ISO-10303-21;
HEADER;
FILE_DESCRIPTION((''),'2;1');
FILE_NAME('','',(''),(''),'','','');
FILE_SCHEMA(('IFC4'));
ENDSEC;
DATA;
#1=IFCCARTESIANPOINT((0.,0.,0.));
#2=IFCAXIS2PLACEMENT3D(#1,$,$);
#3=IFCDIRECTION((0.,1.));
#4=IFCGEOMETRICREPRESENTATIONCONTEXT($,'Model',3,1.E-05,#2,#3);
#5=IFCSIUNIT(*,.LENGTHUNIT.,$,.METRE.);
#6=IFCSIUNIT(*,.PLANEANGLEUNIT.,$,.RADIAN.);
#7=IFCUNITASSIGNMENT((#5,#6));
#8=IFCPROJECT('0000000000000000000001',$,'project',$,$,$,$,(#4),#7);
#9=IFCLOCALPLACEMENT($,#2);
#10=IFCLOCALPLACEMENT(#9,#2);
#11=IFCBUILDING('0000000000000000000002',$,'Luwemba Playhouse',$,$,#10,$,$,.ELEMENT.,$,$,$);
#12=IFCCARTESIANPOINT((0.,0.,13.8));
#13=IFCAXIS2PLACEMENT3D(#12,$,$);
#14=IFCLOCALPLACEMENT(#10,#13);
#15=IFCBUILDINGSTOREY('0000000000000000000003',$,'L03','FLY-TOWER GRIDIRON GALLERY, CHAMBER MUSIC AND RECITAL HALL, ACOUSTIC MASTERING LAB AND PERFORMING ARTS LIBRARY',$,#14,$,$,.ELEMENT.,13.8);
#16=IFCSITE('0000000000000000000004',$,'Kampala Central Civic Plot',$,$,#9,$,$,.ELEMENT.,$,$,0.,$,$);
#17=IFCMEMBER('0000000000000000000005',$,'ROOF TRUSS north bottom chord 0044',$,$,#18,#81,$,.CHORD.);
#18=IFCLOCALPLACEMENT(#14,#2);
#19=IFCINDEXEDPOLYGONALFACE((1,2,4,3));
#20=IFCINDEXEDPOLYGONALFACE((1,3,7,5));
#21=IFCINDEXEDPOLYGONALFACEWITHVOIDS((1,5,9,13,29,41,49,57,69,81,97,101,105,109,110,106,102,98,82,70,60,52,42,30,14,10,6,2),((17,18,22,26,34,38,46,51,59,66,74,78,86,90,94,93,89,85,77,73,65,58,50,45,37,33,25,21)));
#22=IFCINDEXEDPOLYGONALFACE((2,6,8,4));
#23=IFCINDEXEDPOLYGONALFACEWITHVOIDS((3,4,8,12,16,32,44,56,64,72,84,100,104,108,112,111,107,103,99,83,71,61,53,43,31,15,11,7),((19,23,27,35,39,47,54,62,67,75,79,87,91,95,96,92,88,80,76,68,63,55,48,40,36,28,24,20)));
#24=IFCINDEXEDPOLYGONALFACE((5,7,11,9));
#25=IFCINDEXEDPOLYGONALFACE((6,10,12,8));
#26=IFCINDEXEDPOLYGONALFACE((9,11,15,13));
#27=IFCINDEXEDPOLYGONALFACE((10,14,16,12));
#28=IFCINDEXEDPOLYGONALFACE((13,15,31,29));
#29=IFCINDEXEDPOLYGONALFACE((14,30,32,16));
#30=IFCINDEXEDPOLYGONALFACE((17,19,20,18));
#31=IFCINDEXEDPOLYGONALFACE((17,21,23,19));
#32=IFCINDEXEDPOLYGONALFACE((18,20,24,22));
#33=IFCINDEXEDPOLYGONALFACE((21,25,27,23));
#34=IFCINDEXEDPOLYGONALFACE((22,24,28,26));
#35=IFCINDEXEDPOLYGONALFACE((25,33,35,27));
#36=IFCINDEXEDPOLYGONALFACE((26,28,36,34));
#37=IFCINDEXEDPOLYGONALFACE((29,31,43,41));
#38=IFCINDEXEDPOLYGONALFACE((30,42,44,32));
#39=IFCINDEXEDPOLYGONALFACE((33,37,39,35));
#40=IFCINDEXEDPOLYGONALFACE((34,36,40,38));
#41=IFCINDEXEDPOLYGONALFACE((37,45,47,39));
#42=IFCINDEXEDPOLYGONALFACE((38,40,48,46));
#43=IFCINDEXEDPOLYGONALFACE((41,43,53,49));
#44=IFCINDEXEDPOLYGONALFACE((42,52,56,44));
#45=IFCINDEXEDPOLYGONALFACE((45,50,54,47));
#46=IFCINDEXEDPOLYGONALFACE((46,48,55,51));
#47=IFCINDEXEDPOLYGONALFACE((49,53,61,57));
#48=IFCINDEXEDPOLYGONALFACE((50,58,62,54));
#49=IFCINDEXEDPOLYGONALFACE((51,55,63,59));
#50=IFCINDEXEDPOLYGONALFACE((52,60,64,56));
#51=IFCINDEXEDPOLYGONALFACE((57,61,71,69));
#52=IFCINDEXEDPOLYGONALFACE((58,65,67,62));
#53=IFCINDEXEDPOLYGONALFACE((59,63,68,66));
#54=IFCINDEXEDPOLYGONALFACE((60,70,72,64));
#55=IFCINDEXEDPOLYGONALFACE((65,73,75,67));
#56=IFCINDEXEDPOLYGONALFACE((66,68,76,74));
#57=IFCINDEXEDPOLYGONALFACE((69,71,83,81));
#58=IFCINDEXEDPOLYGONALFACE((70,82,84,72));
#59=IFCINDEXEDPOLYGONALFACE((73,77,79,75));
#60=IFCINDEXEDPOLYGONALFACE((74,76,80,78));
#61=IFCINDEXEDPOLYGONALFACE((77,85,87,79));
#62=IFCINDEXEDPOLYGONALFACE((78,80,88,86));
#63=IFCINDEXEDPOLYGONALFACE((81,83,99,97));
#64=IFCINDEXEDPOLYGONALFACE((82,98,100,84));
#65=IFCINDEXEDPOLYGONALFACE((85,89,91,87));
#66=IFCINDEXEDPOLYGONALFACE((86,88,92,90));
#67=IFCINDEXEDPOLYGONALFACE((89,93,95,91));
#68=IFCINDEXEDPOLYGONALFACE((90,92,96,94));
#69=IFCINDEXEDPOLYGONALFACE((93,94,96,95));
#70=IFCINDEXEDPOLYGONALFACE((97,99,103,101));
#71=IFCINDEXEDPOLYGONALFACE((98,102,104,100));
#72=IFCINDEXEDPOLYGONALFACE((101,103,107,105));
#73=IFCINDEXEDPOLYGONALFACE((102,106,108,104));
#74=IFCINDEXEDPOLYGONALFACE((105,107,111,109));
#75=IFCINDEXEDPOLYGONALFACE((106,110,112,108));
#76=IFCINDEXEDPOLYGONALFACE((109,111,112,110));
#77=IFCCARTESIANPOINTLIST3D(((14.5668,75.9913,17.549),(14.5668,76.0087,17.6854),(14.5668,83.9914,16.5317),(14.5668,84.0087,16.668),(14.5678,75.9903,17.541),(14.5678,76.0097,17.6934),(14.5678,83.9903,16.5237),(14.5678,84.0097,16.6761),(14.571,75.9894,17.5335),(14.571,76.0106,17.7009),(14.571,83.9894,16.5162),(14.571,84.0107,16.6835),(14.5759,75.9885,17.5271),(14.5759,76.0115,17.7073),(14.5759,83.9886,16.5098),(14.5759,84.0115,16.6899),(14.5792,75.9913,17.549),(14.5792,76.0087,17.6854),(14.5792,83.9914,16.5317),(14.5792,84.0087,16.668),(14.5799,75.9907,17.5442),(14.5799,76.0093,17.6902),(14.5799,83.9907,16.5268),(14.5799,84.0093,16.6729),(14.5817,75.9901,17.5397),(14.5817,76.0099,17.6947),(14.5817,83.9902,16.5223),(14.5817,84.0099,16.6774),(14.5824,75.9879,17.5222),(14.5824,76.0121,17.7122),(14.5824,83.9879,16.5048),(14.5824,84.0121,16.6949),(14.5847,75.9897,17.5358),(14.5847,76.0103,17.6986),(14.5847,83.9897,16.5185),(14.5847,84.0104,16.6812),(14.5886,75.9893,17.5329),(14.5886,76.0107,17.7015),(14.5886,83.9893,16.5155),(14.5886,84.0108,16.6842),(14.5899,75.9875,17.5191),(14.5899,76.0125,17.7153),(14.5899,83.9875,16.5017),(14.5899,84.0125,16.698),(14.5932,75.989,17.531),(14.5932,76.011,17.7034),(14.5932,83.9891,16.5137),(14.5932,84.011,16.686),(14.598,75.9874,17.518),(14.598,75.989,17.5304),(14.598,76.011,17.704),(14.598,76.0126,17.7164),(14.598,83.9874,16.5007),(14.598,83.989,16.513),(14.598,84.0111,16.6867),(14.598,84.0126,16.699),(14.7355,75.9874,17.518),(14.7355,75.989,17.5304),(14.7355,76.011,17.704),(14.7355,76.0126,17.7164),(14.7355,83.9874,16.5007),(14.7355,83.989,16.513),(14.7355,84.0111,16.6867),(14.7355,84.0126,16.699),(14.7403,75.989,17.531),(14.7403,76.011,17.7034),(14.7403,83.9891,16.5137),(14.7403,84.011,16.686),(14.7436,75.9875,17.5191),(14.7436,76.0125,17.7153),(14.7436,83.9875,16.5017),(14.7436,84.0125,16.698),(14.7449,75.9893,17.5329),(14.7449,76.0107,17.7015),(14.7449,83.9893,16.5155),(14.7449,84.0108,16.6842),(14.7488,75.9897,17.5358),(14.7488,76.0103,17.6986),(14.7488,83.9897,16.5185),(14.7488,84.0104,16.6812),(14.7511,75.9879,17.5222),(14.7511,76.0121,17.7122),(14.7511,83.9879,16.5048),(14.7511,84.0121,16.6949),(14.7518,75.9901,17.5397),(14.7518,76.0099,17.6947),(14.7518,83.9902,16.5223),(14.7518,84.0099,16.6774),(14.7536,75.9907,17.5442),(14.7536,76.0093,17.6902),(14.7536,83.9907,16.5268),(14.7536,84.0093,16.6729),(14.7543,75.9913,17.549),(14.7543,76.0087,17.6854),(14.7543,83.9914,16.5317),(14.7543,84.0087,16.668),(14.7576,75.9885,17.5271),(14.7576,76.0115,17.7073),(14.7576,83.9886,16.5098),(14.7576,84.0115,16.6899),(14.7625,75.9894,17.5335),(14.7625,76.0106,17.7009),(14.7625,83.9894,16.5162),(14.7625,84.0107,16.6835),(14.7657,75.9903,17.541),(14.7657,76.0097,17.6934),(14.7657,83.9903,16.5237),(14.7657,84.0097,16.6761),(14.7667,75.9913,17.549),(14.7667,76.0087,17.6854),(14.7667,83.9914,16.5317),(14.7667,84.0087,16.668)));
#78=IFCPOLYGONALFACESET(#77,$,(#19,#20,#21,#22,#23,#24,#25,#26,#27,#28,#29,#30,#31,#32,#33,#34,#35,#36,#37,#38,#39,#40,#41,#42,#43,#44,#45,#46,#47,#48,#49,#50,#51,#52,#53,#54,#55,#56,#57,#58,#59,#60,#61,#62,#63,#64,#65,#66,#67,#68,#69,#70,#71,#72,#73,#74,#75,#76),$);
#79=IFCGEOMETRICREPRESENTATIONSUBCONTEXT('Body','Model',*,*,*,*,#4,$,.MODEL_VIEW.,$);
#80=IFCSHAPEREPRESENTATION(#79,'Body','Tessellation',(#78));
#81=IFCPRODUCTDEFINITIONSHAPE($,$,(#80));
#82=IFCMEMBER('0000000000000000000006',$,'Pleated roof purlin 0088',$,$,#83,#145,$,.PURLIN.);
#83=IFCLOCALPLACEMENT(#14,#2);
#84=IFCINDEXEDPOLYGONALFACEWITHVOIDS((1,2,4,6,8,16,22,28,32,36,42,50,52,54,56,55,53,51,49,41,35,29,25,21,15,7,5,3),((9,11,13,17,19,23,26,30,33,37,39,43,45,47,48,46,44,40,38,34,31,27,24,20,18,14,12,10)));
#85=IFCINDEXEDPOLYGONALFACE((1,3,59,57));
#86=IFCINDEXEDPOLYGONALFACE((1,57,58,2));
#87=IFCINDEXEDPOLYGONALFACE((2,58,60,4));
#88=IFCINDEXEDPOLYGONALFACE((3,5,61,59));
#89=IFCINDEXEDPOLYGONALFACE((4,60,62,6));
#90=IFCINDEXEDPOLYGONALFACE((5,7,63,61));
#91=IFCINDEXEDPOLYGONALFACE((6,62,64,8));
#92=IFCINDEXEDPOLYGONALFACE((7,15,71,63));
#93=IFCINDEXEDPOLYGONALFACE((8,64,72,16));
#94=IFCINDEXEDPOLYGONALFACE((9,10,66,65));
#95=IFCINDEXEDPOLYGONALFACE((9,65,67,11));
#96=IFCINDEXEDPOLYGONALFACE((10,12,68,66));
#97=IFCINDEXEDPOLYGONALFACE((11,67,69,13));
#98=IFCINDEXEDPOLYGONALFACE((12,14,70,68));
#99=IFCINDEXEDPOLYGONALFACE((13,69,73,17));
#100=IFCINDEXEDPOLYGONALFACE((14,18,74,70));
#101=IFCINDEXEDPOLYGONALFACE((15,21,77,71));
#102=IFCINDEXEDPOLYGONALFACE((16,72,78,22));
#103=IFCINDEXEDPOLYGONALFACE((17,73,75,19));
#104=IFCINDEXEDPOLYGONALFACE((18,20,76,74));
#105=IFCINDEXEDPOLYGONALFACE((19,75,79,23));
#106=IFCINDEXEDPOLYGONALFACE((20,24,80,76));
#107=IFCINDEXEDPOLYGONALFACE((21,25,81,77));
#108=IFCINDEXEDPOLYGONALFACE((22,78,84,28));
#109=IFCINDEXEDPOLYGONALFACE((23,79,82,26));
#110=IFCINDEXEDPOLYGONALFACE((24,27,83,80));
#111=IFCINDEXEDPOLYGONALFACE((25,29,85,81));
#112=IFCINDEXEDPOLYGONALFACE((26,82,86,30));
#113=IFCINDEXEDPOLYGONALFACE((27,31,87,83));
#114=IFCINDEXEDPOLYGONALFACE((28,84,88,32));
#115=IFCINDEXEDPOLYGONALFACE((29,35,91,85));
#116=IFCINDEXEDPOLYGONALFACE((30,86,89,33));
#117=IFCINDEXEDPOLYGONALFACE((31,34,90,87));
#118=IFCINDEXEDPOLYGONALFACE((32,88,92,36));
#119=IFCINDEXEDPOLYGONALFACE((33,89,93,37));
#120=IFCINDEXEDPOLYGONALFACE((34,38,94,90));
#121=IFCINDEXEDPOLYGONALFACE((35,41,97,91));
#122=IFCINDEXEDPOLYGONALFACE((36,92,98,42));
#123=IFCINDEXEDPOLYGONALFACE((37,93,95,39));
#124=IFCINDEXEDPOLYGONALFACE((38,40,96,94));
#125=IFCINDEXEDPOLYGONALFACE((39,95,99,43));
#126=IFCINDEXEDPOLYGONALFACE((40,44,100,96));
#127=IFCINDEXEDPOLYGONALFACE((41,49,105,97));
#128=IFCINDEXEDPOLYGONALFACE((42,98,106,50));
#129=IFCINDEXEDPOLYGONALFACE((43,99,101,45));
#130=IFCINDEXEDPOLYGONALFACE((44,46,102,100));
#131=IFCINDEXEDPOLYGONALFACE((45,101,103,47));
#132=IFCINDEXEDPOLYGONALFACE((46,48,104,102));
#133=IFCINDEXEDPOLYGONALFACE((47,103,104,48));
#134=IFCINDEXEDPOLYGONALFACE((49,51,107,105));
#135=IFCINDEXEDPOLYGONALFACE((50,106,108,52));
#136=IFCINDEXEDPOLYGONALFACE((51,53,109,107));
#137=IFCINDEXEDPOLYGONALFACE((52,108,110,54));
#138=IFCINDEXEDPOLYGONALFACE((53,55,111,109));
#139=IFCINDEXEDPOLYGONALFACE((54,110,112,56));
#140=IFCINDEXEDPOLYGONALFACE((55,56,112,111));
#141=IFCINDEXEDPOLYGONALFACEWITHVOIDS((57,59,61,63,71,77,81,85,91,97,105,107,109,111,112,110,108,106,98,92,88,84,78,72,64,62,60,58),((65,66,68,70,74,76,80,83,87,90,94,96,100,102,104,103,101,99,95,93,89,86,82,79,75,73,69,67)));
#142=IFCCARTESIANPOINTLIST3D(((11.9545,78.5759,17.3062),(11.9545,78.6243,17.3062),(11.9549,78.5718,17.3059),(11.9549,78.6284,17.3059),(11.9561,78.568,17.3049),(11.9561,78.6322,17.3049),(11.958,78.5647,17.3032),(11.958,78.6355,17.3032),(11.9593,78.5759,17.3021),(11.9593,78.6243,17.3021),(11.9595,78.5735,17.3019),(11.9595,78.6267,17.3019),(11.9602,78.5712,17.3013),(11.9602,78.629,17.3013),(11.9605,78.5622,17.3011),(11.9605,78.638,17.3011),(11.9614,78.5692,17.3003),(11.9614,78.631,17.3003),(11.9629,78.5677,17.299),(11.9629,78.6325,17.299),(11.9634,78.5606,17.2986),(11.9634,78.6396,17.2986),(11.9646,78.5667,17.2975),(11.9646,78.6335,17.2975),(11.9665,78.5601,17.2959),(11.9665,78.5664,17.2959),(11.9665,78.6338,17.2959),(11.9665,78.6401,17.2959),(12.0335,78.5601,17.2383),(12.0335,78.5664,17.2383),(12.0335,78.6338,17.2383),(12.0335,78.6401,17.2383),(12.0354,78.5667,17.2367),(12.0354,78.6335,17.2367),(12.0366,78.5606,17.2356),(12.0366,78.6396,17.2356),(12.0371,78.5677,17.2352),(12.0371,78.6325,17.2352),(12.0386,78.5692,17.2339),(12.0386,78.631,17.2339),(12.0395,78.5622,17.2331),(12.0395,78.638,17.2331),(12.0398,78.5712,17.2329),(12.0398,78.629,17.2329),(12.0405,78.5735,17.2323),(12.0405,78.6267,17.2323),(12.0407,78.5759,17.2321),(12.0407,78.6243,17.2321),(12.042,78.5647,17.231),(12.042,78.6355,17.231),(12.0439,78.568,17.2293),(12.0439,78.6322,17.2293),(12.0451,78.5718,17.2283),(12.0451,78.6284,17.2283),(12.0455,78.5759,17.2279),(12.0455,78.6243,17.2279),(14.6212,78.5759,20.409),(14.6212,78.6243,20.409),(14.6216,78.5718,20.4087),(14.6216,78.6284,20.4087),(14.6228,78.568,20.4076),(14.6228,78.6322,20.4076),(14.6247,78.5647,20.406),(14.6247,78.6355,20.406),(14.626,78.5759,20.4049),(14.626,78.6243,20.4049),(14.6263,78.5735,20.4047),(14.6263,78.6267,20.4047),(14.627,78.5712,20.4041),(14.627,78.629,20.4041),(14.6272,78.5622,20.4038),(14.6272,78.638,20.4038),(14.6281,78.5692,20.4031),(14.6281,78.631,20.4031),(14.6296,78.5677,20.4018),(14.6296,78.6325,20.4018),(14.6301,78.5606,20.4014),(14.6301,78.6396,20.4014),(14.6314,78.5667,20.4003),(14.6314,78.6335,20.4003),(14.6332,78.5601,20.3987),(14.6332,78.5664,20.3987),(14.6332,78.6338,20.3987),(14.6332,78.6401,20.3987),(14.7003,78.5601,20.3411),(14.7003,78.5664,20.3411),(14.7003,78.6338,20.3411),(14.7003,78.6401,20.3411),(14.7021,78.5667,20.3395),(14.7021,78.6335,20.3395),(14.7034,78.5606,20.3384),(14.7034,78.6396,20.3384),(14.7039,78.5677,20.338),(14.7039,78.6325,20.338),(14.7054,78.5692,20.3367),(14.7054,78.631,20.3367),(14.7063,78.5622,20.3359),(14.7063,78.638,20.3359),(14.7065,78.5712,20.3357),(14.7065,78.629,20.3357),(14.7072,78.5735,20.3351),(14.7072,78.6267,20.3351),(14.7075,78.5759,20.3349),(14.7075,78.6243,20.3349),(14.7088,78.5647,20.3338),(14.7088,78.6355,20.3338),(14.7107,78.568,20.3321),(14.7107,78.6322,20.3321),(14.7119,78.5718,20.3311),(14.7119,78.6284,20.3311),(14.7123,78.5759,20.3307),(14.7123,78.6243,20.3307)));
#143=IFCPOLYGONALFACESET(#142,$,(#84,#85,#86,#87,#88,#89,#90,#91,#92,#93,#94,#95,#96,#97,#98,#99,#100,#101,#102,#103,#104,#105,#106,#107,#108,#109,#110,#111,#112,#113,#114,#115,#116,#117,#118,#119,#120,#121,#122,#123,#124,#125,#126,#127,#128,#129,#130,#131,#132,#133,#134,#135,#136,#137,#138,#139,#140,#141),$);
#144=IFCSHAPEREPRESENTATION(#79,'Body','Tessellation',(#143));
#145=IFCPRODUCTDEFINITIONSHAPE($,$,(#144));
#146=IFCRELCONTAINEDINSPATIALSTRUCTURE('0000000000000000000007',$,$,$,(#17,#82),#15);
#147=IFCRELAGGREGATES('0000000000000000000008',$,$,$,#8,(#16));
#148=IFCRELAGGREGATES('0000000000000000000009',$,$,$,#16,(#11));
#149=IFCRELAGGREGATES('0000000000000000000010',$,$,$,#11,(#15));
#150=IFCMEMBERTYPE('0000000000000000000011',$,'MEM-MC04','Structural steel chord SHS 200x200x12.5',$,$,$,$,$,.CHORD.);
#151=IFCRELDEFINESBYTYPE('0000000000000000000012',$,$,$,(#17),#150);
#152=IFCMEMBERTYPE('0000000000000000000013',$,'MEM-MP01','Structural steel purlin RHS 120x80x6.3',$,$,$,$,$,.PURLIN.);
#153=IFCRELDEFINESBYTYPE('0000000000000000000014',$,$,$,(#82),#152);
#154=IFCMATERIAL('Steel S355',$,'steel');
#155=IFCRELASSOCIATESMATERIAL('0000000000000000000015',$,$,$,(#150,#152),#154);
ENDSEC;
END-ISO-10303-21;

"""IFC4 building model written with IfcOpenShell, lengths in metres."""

from ifc_helpers import new_model, si_unit, direction, frame, origin, origin_2d, place, context, subcontext, project, spatial, hollow_rectangle, extrude, material, material_profile, profile_set, type_object, element, save


model = new_model("IFC4")

# Units and contexts
model_context = context("Model", 3, precision=1e-05, world=origin(), true_north=direction((0.0, 1.0)))
body_context = subcontext(model_context, "Body", "Model", "MODEL_VIEW")
ifc_project = project(units=[si_unit("LENGTHUNIT", "METRE"), si_unit("PLANEANGLEUNIT", "RADIAN")], contexts=[model_context])

# Site, building, storey
site_placement = place(None, origin())
site = spatial("IfcSite", under=ifc_project, at=site_placement, Name="Kampala Central Civic Plot", CompositionType="ELEMENT", RefElevation=0.0)
building_placement = place(site_placement, origin())
building = spatial("IfcBuilding", under=site, at=building_placement, Name="Luwemba Playhouse", CompositionType="ELEMENT")
storey_placement = place(building_placement, frame((0.0, 0.0, 13.8)))
storey = spatial("IfcBuildingStorey", under=building, at=storey_placement, Name="L03", Description="FLY-TOWER GRIDIRON GALLERY, CHAMBER MUSIC AND RECITAL HALL, ACOUSTIC MASTERING LAB AND PERFORMING ARTS LIBRARY", CompositionType="ELEMENT", Elevation=13.8)

# Shared definitions
ifc_material_1 = material(Name="Steel S355", Category="steel")

# Members
ifc_material_profile_1 = material_profile(ifc_material_1, hollow_rectangle(XDim=0.2, YDim=0.2, WallThickness=0.0125, InnerFilletRadius=0.0188, OuterFilletRadius=0.0312, at=origin_2d()))
ifc_profile_set_1 = profile_set([ifc_material_profile_1], Name="Steel S355")
member_type_1 = type_object("IfcMemberType", Name="MEM-MC04", Description="Structural steel chord SHS 200x200x12.5", PredefinedType="CHORD", material=ifc_profile_set_1)
member_1_placement = place(storey_placement, frame((14.6667, 76.0, 17.6172), z_axis=(0.0, 0.992011, -0.126151), x_axis=(-1.0, 0.0, 0.0)))
element("IfcMember", 1, at=member_1_placement, inside=storey, type_object=member_type_1, Name="ROOF TRUSS north bottom chord 0044", PredefinedType="CHORD", context=body_context, shape_type="SweptSolid", body=[
    extrude(hollow_rectangle(XDim=0.2, YDim=0.2, WallThickness=0.0125, InnerFilletRadius=0.0188, OuterFilletRadius=0.0312, at=origin_2d()), origin(), (0.0, 0.0, 1.0), 8.0645),
])
ifc_material_profile_2 = material_profile(ifc_material_1, hollow_rectangle(XDim=0.0801, YDim=0.1201, WallThickness=0.0063, InnerFilletRadius=0.0095, OuterFilletRadius=0.0159, at=origin_2d()))
ifc_profile_set_2 = profile_set([ifc_material_profile_2], Name="Steel S355")
member_type_2 = type_object("IfcMemberType", Name="MEM-MP01", Description="Structural steel purlin RHS 120x80x6.3", PredefinedType="PURLIN", material=ifc_profile_set_2)
member_2_placement = place(storey_placement, frame((12.0, 78.6001, 17.2671), z_axis=(0.651808, 0.0, 0.758384), x_axis=(0.0, 1.0, 0.0)))
element("IfcMember", 2, at=member_2_placement, inside=storey, type_object=member_type_2, Name="Pleated roof purlin 0088", PredefinedType="PURLIN", context=body_context, shape_type="SweptSolid", body=[
    extrude(hollow_rectangle(XDim=0.0801, YDim=0.1201, WallThickness=0.0063, InnerFilletRadius=0.0095, OuterFilletRadius=0.0159, at=origin_2d()), origin(), (0.0, 0.0, 1.0), 4.0913),
])

save(model, "model.ifc")
